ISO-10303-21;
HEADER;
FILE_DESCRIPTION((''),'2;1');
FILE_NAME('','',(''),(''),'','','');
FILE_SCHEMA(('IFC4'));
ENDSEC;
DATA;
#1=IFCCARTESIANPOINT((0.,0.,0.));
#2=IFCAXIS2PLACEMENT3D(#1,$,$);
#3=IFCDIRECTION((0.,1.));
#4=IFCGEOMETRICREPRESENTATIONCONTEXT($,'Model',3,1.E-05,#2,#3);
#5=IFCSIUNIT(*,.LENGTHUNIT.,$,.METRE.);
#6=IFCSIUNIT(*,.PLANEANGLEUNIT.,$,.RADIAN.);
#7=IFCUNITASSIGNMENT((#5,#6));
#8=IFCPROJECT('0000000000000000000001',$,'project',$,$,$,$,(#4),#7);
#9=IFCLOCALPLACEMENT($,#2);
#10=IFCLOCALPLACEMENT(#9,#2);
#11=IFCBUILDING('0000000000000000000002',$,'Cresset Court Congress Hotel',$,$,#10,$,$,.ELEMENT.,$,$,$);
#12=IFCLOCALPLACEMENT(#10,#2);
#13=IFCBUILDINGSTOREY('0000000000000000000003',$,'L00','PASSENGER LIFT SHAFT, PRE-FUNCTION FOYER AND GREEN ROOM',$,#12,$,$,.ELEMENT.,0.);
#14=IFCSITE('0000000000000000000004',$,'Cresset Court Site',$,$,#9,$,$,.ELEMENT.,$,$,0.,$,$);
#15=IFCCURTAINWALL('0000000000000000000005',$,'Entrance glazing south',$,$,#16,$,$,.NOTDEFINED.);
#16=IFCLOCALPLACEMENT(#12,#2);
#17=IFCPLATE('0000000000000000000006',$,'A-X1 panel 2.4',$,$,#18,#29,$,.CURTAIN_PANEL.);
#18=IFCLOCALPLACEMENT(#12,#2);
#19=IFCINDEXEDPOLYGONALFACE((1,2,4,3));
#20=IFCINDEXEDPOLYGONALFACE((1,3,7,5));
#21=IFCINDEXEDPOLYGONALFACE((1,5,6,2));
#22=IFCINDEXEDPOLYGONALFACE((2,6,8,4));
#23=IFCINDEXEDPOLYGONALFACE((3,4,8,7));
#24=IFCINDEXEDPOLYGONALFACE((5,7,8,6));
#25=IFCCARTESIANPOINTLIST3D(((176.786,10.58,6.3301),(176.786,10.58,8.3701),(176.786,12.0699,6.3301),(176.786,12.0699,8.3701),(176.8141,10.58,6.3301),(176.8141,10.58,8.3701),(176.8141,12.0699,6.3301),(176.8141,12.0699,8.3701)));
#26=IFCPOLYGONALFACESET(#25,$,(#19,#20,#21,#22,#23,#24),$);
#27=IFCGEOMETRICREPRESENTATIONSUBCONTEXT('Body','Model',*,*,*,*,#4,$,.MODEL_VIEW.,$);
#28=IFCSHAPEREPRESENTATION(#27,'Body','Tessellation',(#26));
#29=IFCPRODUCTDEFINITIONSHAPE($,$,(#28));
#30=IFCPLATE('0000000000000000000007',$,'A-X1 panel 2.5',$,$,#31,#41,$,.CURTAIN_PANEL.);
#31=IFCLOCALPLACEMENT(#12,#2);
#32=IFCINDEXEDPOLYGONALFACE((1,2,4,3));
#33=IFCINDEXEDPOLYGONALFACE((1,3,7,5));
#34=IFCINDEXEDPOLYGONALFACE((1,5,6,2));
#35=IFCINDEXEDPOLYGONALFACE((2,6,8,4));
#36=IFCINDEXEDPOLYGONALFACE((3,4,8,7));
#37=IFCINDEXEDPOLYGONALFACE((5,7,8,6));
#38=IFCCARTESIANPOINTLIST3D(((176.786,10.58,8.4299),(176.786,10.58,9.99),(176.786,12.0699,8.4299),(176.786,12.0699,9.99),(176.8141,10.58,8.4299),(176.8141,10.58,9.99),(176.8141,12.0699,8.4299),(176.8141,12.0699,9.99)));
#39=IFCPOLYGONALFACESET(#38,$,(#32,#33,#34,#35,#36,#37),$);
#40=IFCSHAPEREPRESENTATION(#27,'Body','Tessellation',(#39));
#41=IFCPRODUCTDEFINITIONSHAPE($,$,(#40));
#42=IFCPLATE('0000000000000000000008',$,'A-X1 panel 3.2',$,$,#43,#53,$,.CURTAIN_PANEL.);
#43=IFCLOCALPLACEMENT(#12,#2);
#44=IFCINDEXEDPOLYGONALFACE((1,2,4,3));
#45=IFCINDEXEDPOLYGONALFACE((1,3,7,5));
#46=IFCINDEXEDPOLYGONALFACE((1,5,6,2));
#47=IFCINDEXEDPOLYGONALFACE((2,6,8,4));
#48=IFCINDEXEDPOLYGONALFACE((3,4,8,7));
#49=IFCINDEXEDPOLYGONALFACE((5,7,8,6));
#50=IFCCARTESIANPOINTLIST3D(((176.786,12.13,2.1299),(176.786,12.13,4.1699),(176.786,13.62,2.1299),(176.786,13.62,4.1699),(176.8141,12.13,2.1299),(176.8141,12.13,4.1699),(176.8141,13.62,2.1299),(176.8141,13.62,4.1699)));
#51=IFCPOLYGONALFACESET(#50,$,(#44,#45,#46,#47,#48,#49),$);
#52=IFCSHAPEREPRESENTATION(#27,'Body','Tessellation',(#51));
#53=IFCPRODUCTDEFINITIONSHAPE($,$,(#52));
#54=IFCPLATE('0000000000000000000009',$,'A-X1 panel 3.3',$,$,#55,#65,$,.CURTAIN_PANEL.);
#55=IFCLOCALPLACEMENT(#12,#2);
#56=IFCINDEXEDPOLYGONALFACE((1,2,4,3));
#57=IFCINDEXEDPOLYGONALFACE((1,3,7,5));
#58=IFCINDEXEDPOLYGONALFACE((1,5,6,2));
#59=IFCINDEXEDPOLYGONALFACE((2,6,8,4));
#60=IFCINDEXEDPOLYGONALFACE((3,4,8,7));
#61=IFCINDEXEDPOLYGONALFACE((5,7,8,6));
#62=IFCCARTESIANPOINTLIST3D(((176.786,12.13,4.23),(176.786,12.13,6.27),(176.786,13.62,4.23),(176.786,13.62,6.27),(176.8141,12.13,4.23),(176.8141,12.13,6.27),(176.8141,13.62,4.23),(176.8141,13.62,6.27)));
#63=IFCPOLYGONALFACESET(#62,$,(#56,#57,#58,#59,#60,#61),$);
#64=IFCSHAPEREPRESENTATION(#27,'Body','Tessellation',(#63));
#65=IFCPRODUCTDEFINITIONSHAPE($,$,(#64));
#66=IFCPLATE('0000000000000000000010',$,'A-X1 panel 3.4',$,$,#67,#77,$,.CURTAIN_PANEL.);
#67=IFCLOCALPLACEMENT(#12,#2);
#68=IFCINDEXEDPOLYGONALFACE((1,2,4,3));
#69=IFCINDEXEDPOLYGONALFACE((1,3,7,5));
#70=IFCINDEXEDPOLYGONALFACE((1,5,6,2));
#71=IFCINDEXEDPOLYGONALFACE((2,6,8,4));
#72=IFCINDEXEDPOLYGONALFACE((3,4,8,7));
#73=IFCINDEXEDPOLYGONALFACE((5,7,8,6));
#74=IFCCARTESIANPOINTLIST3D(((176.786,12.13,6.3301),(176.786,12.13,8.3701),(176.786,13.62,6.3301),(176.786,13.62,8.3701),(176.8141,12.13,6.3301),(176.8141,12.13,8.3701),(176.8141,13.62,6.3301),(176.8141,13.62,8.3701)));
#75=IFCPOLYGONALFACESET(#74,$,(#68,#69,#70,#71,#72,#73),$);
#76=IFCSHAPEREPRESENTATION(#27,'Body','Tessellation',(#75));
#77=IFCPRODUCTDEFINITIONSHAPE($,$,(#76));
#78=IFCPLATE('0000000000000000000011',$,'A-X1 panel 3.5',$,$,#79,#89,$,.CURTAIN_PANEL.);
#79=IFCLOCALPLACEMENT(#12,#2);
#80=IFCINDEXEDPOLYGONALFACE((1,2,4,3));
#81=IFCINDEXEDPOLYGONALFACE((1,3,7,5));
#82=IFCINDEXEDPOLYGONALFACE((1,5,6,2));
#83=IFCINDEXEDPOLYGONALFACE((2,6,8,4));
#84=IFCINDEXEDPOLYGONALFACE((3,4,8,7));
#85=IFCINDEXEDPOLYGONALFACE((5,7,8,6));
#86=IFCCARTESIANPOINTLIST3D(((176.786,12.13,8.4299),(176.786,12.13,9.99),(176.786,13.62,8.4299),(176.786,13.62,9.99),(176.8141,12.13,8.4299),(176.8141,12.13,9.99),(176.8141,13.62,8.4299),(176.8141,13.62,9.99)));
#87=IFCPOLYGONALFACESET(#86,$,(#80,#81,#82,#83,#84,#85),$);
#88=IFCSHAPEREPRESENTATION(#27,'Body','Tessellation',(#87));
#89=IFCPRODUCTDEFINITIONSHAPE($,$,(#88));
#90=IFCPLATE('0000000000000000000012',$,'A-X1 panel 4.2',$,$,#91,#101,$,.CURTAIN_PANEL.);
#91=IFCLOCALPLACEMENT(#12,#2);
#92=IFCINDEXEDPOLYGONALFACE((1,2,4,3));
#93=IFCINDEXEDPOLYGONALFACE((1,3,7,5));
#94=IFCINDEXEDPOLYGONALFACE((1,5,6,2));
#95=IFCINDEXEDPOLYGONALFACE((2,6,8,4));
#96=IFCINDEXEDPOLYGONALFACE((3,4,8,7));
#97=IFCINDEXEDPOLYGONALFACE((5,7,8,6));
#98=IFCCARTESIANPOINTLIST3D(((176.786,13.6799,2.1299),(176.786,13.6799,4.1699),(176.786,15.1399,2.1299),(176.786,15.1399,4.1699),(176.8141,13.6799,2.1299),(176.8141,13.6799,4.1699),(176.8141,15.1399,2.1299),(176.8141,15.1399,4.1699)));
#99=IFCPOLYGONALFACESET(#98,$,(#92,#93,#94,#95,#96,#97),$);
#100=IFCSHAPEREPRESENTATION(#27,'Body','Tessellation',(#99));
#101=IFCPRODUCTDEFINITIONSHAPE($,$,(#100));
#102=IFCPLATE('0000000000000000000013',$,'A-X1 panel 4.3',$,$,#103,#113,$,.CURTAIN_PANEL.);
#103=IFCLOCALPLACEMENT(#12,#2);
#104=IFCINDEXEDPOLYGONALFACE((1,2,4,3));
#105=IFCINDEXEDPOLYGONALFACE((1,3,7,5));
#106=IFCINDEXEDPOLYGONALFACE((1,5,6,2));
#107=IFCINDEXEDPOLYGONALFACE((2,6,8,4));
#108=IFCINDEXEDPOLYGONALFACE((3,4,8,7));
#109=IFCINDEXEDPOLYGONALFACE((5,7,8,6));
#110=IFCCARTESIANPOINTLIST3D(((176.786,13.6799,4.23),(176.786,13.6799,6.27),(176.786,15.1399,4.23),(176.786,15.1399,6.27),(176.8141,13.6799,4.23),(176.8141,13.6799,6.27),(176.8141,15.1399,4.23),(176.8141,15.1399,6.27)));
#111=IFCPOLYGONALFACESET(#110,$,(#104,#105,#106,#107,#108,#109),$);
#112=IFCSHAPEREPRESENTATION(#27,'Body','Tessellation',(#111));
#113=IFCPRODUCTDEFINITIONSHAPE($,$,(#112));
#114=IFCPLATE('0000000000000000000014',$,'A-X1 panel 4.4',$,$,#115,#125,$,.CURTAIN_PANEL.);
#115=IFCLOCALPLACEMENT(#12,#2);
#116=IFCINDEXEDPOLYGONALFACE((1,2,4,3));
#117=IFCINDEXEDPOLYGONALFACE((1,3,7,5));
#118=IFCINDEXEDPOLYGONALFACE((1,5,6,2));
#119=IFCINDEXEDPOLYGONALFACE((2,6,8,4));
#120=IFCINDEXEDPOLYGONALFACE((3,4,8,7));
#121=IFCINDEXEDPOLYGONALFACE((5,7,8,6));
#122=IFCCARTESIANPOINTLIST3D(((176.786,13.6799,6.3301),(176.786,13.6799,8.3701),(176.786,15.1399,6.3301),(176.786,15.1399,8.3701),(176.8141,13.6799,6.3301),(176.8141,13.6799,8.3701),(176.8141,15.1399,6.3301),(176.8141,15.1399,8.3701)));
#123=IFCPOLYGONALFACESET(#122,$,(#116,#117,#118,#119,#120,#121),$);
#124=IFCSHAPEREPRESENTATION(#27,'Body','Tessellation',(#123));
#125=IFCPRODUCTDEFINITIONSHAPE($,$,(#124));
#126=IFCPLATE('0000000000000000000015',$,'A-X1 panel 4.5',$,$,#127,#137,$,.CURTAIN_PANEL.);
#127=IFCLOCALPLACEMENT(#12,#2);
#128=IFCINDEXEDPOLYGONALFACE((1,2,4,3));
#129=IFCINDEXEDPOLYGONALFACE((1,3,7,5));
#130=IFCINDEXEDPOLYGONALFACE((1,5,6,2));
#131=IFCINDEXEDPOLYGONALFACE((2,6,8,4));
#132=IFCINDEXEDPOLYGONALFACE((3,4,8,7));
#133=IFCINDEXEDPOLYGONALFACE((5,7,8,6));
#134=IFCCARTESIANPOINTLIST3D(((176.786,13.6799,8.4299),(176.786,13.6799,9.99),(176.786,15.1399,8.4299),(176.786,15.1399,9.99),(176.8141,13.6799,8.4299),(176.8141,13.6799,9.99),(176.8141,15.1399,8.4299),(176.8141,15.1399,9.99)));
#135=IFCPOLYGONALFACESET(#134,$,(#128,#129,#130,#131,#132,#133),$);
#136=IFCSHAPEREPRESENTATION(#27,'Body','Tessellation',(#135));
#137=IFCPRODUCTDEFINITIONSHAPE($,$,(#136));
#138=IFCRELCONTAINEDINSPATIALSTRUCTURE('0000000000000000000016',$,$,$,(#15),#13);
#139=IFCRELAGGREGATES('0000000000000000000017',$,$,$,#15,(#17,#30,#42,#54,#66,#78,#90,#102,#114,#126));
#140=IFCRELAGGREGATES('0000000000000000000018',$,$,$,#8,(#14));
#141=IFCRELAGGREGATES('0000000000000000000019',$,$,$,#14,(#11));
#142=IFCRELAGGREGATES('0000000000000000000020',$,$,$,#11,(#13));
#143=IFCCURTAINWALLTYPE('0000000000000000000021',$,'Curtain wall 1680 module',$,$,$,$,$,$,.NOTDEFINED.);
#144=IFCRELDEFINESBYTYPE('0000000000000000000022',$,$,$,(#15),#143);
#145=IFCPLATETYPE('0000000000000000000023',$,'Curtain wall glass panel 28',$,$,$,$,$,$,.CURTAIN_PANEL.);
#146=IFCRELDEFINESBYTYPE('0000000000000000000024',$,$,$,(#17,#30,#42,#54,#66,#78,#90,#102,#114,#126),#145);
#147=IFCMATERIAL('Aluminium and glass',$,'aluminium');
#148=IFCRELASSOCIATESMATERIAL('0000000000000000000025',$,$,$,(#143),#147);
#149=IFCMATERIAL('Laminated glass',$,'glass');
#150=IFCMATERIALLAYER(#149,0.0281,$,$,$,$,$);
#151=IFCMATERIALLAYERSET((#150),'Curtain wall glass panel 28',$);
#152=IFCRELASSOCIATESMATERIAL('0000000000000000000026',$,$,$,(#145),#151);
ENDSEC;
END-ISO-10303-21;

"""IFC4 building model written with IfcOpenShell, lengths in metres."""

from ifc_helpers import new_model, si_unit, direction, frame, origin, origin_2d, place, context, subcontext, project, spatial, rectangle, extrude, material, layer, layer_set, type_object, element, aggregate, save


model = new_model("IFC4")

# Units and contexts
model_context = context("Model", 3, precision=1e-05, world=origin(), true_north=direction((0.0, 1.0)))
body_context = subcontext(model_context, "Body", "Model", "MODEL_VIEW")
ifc_project = project(units=[si_unit("LENGTHUNIT", "METRE"), si_unit("PLANEANGLEUNIT", "RADIAN")], contexts=[model_context])

# Site, building, storey
site_placement = place(None, origin())
site = spatial("IfcSite", under=ifc_project, at=site_placement, Name="Cresset Court Site", CompositionType="ELEMENT", RefElevation=0.0)
building_placement = place(site_placement, origin())
building = spatial("IfcBuilding", under=site, at=building_placement, Name="Cresset Court Congress Hotel", CompositionType="ELEMENT")
storey_placement = place(building_placement, origin())
storey = spatial("IfcBuildingStorey", under=building, at=storey_placement, Name="L00", Description="PASSENGER LIFT SHAFT, PRE-FUNCTION FOYER AND GREEN ROOM", CompositionType="ELEMENT", Elevation=0.0)

# Curtain wall, plates
ifc_material_1 = material(Name="Aluminium and glass", Category="aluminium")
curtain_wall_type = type_object("IfcCurtainWallType", Name="Curtain wall 1680 module", PredefinedType="NOTDEFINED", material=ifc_material_1)
curtain_wall_placement = place(storey_placement, origin())
curtain_wall = element("IfcCurtainWall", 1, at=curtain_wall_placement, inside=storey, type_object=curtain_wall_type, Name="Entrance glazing south", PredefinedType="NOTDEFINED")
ifc_material_2 = material(Name="Laminated glass", Category="glass")
ifc_layer = layer(ifc_material_2, 0.0281)
ifc_layer_set = layer_set([ifc_layer], Name="Curtain wall glass panel 28")
plate_type = type_object("IfcPlateType", Name="Curtain wall glass panel 28", PredefinedType="CURTAIN_PANEL", material=ifc_layer_set)
plate_1_placement = place(storey_placement, frame((176.8, 11.325, 6.3301), z_axis=(0.0, 0.0, 1.0), x_axis=(0.0, 1.0, 0.0)))
plate_1 = element("IfcPlate", 2, at=plate_1_placement, type_object=plate_type, Name="A-X1 panel 2.4", PredefinedType="CURTAIN_PANEL", context=body_context, shape_type="SweptSolid", body=[
    extrude(rectangle(XDim=1.49, YDim=0.0281, at=origin_2d()), origin(), (0.0, 0.0, 1.0), 2.04),
])
plate_2_placement = place(storey_placement, frame((176.8, 11.325, 8.4299), z_axis=(0.0, 0.0, 1.0), x_axis=(0.0, 1.0, 0.0)))
plate_2 = element("IfcPlate", 3, at=plate_2_placement, type_object=plate_type, Name="A-X1 panel 2.5", PredefinedType="CURTAIN_PANEL", context=body_context, shape_type="SweptSolid", body=[
    extrude(rectangle(XDim=1.49, YDim=0.0281, at=origin_2d()), origin(), (0.0, 0.0, 1.0), 1.5601),
])
plate_3_placement = place(storey_placement, frame((176.8, 12.875, 2.1299), z_axis=(0.0, 0.0, 1.0), x_axis=(0.0, 1.0, 0.0)))
plate_3 = element("IfcPlate", 4, at=plate_3_placement, type_object=plate_type, Name="A-X1 panel 3.2", PredefinedType="CURTAIN_PANEL", context=body_context, shape_type="SweptSolid", body=[
    extrude(rectangle(XDim=1.49, YDim=0.0281, at=origin_2d()), origin(), (0.0, 0.0, 1.0), 2.04),
])
plate_4_placement = place(storey_placement, frame((176.8, 12.875, 4.23), z_axis=(0.0, 0.0, 1.0), x_axis=(0.0, 1.0, 0.0)))
plate_4 = element("IfcPlate", 5, at=plate_4_placement, type_object=plate_type, Name="A-X1 panel 3.3", PredefinedType="CURTAIN_PANEL", context=body_context, shape_type="SweptSolid", body=[
    extrude(rectangle(XDim=1.49, YDim=0.0281, at=origin_2d()), origin(), (0.0, 0.0, 1.0), 2.04),
])
plate_5_placement = place(storey_placement, frame((176.8, 12.875, 6.3301), z_axis=(0.0, 0.0, 1.0), x_axis=(0.0, 1.0, 0.0)))
plate_5 = element("IfcPlate", 6, at=plate_5_placement, type_object=plate_type, Name="A-X1 panel 3.4", PredefinedType="CURTAIN_PANEL", context=body_context, shape_type="SweptSolid", body=[
    extrude(rectangle(XDim=1.49, YDim=0.0281, at=origin_2d()), origin(), (0.0, 0.0, 1.0), 2.04),
])
plate_6_placement = place(storey_placement, frame((176.8, 12.875, 8.4299), z_axis=(0.0, 0.0, 1.0), x_axis=(0.0, 1.0, 0.0)))
plate_6 = element("IfcPlate", 7, at=plate_6_placement, type_object=plate_type, Name="A-X1 panel 3.5", PredefinedType="CURTAIN_PANEL", context=body_context, shape_type="SweptSolid", body=[
    extrude(rectangle(XDim=1.49, YDim=0.0281, at=origin_2d()), origin(), (0.0, 0.0, 1.0), 1.5601),
])
plate_7_placement = place(storey_placement, frame((176.8, 14.4099, 2.1299), z_axis=(0.0, 0.0, 1.0), x_axis=(0.0, 1.0, 0.0)))
plate_7 = element("IfcPlate", 8, at=plate_7_placement, type_object=plate_type, Name="A-X1 panel 4.2", PredefinedType="CURTAIN_PANEL", context=body_context, shape_type="SweptSolid", body=[
    extrude(rectangle(XDim=1.46, YDim=0.0281, at=origin_2d()), origin(), (0.0, 0.0, 1.0), 2.04),
])
plate_8_placement = place(storey_placement, frame((176.8, 14.4099, 4.23), z_axis=(0.0, 0.0, 1.0), x_axis=(0.0, 1.0, 0.0)))
plate_8 = element("IfcPlate", 9, at=plate_8_placement, type_object=plate_type, Name="A-X1 panel 4.3", PredefinedType="CURTAIN_PANEL", context=body_context, shape_type="SweptSolid", body=[
    extrude(rectangle(XDim=1.46, YDim=0.0281, at=origin_2d()), origin(), (0.0, 0.0, 1.0), 2.04),
])
plate_9_placement = place(storey_placement, frame((176.8, 14.4099, 6.3301), z_axis=(0.0, 0.0, 1.0), x_axis=(0.0, 1.0, 0.0)))
plate_9 = element("IfcPlate", 10, at=plate_9_placement, type_object=plate_type, Name="A-X1 panel 4.4", PredefinedType="CURTAIN_PANEL", context=body_context, shape_type="SweptSolid", body=[
    extrude(rectangle(XDim=1.46, YDim=0.0281, at=origin_2d()), origin(), (0.0, 0.0, 1.0), 2.04),
])
plate_10_placement = place(storey_placement, frame((176.8, 14.4099, 8.4299), z_axis=(0.0, 0.0, 1.0), x_axis=(0.0, 1.0, 0.0)))
plate_10 = element("IfcPlate", 11, at=plate_10_placement, type_object=plate_type, Name="A-X1 panel 4.5", PredefinedType="CURTAIN_PANEL", context=body_context, shape_type="SweptSolid", body=[
    extrude(rectangle(XDim=1.46, YDim=0.0281, at=origin_2d()), origin(), (0.0, 0.0, 1.0), 1.5601),
])
aggregate(curtain_wall, [plate_1, plate_2, plate_3, plate_4, plate_5, plate_6, plate_7, plate_8, plate_9, plate_10])

save(model, "model.ifc")
